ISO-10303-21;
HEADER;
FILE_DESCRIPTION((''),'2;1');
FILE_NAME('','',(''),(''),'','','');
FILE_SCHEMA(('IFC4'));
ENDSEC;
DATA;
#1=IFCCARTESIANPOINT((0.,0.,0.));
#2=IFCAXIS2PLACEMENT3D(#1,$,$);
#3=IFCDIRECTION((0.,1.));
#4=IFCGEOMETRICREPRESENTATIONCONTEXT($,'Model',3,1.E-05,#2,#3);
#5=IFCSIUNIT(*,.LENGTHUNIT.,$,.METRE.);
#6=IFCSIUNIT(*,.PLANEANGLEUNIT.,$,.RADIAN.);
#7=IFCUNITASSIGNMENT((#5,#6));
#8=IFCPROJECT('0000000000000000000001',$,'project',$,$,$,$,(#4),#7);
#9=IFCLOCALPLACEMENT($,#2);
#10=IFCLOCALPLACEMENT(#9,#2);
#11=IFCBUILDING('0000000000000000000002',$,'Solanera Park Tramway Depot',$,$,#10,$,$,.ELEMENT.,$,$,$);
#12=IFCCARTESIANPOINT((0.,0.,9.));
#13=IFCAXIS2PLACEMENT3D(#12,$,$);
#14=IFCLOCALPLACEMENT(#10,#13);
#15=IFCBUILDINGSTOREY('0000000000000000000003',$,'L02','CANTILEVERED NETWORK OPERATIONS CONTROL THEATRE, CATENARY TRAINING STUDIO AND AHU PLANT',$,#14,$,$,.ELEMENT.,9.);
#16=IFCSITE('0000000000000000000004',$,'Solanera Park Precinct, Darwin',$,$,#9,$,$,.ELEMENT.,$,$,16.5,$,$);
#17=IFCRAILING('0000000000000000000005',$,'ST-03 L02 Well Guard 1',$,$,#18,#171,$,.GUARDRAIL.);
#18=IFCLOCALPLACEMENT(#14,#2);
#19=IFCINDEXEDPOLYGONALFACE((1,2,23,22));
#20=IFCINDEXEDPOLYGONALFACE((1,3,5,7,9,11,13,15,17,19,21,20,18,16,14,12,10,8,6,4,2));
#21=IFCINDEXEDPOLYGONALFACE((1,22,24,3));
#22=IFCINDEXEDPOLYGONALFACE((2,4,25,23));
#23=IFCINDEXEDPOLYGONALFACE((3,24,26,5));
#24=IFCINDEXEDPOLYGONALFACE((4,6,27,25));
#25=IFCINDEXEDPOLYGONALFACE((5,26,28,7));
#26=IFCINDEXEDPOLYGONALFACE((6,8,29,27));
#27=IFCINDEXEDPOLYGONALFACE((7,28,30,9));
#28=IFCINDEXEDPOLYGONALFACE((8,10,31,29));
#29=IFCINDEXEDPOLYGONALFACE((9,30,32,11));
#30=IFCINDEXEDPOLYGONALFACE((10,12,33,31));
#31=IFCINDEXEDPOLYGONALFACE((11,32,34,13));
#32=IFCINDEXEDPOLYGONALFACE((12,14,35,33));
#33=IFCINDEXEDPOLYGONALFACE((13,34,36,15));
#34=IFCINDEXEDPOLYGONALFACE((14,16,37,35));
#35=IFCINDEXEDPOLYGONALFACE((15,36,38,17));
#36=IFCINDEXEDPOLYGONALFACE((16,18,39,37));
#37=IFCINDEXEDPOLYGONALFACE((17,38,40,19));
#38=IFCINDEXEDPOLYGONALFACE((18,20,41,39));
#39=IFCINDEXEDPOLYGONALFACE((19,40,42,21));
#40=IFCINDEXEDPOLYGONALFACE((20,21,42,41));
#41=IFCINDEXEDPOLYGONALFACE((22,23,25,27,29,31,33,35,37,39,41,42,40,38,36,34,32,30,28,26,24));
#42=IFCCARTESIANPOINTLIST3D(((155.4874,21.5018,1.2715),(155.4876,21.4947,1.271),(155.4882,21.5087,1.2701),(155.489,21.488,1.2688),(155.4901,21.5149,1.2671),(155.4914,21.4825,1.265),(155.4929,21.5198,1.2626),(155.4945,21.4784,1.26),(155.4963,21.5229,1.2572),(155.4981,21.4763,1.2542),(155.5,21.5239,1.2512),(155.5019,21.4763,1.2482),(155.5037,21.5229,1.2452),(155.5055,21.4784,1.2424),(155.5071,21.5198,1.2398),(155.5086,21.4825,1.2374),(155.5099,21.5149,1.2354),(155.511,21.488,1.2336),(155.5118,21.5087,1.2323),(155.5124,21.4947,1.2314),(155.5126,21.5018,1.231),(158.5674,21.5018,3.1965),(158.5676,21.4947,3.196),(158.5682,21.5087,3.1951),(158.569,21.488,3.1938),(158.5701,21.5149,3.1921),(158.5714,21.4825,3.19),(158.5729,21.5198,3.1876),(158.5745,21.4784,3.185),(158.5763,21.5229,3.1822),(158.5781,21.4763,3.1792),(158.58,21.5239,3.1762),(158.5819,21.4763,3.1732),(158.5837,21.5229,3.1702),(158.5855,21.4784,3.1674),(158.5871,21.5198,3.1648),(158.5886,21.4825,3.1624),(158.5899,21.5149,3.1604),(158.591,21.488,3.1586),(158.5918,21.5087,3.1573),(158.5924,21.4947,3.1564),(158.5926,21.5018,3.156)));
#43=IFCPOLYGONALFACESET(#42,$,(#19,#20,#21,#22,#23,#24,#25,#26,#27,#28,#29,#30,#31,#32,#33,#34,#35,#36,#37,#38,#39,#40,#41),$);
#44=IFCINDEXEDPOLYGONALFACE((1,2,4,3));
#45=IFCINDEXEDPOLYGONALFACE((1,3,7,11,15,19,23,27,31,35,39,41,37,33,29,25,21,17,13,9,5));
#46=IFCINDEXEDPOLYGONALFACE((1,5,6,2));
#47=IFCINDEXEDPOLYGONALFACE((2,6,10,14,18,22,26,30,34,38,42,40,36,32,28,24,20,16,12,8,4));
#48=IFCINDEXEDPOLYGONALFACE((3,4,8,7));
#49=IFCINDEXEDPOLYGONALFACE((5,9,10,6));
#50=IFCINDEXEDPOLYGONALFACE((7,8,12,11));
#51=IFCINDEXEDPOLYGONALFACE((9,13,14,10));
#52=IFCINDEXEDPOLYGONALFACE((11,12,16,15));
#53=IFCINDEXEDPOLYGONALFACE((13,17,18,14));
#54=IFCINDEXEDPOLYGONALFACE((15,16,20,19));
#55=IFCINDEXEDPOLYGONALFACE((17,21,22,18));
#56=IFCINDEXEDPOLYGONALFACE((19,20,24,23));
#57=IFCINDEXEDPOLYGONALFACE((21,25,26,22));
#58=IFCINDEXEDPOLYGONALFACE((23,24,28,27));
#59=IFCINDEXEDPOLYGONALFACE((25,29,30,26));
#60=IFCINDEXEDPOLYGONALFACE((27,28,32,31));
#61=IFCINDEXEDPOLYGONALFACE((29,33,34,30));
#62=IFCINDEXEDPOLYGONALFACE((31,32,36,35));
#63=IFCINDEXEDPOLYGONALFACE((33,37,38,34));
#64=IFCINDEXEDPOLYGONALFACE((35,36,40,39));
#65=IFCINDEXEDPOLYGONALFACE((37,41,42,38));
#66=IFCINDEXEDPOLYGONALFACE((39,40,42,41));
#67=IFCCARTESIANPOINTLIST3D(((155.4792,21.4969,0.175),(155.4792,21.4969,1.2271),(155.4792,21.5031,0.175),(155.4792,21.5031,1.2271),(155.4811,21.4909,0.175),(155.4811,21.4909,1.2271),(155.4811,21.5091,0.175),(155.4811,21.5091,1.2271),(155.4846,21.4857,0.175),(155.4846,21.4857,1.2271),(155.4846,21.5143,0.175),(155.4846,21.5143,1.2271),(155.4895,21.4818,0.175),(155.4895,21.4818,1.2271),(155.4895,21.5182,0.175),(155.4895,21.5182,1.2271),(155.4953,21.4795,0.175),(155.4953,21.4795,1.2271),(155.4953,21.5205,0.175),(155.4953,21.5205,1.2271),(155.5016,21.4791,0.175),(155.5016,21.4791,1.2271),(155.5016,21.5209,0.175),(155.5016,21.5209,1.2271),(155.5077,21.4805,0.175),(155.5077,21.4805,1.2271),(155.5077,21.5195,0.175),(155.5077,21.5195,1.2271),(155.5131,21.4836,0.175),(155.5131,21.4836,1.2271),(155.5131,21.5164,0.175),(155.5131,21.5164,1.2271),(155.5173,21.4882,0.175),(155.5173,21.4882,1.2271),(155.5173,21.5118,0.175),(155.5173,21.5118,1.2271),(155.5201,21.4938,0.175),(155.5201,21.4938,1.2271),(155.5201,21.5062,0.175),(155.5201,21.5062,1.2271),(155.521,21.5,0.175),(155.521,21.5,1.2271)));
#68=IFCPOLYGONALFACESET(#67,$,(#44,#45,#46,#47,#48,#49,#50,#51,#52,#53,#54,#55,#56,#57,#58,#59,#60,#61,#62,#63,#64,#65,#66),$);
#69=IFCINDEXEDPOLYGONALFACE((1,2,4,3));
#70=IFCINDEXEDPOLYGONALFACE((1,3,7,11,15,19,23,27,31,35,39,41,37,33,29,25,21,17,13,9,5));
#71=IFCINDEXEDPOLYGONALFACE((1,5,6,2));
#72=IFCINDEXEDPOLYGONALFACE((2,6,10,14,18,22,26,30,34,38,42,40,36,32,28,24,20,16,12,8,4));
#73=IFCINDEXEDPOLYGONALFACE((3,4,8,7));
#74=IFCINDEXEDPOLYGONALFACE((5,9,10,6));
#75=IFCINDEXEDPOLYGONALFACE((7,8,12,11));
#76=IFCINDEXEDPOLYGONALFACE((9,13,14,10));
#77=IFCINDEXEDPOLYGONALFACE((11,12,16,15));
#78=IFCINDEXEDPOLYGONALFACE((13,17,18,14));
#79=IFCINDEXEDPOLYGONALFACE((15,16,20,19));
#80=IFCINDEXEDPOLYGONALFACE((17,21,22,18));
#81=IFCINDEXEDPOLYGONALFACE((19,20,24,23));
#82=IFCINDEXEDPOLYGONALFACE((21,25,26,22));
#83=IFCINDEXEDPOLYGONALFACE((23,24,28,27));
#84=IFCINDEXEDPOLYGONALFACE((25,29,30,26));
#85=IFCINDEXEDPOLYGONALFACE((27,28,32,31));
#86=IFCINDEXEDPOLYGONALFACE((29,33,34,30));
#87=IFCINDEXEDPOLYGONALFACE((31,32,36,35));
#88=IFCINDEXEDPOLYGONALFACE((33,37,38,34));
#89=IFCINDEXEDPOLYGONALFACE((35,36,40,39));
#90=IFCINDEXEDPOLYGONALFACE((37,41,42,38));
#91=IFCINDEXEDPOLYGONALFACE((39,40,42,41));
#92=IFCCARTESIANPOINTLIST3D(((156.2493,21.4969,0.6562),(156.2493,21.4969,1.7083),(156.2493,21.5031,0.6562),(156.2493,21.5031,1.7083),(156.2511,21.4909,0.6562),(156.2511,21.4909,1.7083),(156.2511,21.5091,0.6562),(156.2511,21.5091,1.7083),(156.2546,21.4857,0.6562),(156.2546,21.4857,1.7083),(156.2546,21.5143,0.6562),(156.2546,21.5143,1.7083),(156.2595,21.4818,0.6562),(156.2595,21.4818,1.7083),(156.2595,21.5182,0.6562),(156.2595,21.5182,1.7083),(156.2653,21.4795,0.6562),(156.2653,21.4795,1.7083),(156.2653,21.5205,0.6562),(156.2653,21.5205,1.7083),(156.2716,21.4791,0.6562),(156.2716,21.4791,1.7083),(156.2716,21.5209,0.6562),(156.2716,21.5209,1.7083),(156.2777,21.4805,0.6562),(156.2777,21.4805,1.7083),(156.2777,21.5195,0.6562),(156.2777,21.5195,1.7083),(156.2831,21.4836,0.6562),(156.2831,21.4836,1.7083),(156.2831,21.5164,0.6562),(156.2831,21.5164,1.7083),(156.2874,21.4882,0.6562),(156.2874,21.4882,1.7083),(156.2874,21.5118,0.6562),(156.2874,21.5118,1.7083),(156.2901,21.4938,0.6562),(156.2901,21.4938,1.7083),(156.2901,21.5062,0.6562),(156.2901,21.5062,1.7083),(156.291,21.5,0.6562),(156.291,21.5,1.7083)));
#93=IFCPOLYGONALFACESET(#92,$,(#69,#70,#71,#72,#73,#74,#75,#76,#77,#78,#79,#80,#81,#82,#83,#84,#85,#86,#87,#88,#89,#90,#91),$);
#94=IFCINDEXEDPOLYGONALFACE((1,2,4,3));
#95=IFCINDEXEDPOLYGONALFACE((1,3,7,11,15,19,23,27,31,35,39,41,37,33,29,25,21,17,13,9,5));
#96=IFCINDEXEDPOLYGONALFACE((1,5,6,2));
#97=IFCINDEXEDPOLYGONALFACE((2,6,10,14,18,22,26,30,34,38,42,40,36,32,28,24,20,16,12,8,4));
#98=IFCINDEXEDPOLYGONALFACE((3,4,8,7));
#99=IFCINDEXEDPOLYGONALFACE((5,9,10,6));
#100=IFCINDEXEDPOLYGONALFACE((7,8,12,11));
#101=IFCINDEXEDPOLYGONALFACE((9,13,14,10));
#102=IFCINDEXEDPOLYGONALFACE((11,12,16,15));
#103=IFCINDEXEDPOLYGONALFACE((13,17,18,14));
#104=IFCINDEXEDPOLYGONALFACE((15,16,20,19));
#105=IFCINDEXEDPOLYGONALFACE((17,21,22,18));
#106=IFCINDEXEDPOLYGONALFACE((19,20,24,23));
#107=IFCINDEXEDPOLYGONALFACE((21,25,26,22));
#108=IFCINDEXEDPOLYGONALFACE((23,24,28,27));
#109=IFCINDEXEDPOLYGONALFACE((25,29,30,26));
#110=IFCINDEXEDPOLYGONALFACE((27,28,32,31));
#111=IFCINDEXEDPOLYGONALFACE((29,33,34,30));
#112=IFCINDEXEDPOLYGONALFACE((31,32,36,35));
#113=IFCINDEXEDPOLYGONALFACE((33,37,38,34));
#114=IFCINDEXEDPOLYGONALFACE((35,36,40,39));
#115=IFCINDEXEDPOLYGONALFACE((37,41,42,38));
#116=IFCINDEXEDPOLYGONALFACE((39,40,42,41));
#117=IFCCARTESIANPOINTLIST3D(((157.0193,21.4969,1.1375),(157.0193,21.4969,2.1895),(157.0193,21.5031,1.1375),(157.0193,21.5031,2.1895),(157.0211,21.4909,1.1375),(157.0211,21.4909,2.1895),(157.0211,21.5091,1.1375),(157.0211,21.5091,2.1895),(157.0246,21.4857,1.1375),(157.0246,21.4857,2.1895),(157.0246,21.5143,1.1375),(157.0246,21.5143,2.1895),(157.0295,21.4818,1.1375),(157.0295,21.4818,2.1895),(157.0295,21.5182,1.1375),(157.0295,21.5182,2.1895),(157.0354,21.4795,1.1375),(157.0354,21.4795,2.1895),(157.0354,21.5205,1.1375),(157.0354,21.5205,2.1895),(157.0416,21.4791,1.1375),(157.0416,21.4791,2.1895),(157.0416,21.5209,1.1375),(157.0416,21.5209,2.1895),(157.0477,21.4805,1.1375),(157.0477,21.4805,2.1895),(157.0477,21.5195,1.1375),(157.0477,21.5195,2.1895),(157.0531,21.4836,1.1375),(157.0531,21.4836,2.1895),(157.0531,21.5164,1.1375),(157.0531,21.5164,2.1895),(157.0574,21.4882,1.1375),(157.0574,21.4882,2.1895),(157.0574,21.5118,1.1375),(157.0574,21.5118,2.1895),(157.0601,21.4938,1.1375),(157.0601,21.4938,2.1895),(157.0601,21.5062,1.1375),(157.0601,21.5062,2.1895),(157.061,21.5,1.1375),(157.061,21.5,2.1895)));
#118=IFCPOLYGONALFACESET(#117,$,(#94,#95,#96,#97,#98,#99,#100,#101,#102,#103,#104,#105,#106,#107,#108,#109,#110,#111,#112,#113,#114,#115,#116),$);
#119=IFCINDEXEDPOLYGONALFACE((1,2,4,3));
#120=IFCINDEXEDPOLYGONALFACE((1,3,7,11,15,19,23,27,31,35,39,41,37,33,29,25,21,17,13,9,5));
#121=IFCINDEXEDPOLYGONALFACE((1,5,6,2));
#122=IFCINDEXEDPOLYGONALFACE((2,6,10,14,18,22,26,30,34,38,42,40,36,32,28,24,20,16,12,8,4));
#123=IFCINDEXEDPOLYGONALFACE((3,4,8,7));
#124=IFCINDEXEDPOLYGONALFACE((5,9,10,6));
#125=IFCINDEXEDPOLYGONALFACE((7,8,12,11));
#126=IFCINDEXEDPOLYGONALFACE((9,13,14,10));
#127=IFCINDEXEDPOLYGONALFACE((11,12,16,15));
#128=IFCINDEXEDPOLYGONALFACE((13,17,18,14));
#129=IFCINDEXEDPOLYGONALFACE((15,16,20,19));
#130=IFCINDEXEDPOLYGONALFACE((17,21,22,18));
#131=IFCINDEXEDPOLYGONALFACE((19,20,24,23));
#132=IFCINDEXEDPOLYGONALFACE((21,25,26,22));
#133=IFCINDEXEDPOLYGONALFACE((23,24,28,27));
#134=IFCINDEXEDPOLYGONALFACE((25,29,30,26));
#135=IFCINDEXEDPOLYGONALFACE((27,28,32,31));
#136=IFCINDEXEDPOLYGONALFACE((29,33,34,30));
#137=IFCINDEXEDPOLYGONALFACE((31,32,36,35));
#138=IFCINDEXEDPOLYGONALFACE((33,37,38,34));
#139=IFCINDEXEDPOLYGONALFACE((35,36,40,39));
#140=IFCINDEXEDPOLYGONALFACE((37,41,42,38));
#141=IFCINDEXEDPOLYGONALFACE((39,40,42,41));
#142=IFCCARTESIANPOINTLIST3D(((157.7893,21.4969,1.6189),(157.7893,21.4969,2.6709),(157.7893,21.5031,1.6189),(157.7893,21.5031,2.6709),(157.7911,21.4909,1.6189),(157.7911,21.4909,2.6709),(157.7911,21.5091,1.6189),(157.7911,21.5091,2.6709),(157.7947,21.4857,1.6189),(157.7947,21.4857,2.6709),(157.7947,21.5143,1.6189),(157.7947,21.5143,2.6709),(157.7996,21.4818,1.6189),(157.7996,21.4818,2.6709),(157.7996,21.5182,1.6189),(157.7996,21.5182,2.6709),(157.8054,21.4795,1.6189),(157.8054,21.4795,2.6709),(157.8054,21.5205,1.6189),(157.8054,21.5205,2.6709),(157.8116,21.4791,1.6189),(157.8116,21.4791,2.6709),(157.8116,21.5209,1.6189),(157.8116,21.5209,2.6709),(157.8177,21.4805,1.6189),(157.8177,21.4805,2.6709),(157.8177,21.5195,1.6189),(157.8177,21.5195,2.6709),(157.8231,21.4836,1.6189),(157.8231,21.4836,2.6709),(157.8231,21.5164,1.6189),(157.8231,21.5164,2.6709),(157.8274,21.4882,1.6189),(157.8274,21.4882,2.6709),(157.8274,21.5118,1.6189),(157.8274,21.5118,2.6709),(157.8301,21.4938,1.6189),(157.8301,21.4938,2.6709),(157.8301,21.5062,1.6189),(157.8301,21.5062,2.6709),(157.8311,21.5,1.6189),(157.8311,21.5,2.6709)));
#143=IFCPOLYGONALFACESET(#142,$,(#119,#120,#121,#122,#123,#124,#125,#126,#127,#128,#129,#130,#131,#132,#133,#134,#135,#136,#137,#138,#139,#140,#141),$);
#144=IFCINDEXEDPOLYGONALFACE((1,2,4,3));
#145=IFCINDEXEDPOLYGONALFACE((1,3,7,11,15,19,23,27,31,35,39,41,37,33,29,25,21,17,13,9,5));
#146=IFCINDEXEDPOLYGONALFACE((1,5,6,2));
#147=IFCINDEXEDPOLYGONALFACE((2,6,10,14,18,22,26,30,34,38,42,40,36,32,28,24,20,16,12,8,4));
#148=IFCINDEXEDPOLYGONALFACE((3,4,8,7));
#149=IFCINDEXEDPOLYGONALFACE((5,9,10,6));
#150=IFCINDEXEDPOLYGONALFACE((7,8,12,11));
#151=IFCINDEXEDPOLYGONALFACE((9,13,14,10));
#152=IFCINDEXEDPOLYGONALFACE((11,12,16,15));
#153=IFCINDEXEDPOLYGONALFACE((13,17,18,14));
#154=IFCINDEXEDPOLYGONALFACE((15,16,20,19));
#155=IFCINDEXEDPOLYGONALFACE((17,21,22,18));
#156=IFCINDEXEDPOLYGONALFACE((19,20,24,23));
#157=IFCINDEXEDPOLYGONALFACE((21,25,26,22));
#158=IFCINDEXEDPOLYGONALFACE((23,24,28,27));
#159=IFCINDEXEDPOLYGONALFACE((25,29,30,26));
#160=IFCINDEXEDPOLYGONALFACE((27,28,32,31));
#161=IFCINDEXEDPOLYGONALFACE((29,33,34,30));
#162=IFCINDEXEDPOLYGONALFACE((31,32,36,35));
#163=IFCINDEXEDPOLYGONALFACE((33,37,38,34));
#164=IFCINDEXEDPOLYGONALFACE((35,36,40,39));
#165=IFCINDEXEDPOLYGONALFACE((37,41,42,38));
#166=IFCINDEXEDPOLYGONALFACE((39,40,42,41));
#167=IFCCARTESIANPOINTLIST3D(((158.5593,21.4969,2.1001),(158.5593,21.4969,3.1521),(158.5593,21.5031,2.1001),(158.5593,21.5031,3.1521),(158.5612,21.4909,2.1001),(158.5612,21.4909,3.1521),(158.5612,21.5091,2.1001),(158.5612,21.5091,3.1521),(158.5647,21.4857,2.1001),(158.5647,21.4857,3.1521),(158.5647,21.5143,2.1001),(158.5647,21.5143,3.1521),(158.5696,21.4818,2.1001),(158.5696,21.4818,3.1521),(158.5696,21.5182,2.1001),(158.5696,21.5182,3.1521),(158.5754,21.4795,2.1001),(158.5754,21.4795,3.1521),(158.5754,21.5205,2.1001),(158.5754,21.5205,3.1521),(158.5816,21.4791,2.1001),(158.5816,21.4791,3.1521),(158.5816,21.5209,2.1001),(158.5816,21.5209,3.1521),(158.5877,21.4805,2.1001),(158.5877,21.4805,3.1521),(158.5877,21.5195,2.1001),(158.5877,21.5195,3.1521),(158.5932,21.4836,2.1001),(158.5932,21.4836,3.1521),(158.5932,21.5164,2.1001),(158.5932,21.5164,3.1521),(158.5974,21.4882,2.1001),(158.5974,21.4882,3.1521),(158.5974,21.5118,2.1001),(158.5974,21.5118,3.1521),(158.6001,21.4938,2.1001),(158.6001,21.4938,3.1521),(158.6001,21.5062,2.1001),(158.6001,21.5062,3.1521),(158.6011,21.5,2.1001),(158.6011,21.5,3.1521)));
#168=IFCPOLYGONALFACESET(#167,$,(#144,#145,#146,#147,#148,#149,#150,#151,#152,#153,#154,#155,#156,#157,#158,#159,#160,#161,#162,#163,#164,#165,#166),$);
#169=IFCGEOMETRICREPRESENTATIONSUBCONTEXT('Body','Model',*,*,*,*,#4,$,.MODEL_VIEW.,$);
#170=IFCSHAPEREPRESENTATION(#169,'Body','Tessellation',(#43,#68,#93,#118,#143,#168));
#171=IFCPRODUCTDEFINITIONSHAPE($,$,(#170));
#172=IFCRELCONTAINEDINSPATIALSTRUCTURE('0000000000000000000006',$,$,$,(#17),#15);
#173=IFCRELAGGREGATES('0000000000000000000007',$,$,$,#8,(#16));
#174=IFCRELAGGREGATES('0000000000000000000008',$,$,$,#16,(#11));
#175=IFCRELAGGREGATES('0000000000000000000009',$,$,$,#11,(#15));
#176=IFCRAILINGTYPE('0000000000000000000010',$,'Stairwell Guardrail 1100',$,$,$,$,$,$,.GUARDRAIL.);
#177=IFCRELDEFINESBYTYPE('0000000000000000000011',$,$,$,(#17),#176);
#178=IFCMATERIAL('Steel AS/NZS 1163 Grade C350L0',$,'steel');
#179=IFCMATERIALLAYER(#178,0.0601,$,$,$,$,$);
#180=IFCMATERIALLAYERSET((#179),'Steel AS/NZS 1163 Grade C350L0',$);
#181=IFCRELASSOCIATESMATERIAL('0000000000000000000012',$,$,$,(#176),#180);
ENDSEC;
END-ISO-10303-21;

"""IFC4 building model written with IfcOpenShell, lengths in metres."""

from ifc_helpers import new_model, si_unit, direction, frame, origin, origin_2d, place, context, subcontext, project, spatial, circle, extrude, material, layer, layer_set, type_object, element, save


model = new_model("IFC4")

# Units and contexts
model_context = context("Model", 3, precision=1e-05, world=origin(), true_north=direction((0.0, 1.0)))
body_context = subcontext(model_context, "Body", "Model", "MODEL_VIEW")
ifc_project = project(units=[si_unit("LENGTHUNIT", "METRE"), si_unit("PLANEANGLEUNIT", "RADIAN")], contexts=[model_context])

# Site, building, storey
site_placement = place(None, origin())
site = spatial("IfcSite", under=ifc_project, at=site_placement, Name="Solanera Park Precinct, Darwin", CompositionType="ELEMENT", RefElevation=16.5)
building_placement = place(site_placement, origin())
building = spatial("IfcBuilding", under=site, at=building_placement, Name="Solanera Park Tramway Depot", CompositionType="ELEMENT")
storey_placement = place(building_placement, frame((0.0, 0.0, 9.0)))
storey = spatial("IfcBuildingStorey", under=building, at=storey_placement, Name="L02", Description="CANTILEVERED NETWORK OPERATIONS CONTROL THEATRE, CATENARY TRAINING STUDIO AND AHU PLANT", CompositionType="ELEMENT", Elevation=9.0)

# Railing
ifc_material_1 = material(Name="Steel AS/NZS 1163 Grade C350L0", Category="steel")
ifc_layer_1 = layer(ifc_material_1, 0.0601)
ifc_layer_set_1 = layer_set([ifc_layer_1], Name="Steel AS/NZS 1163 Grade C350L0")
railing_type_1 = type_object("IfcRailingType", Name="Stairwell Guardrail 1100", PredefinedType="GUARDRAIL", material=ifc_layer_set_1)
railing_1_placement = place(storey_placement, frame((155.5, 21.5, 0.175)))
element("IfcRailing", 1, at=railing_1_placement, inside=storey, type_object=railing_type_1, Name="ST-03 L02 Well Guard 1", PredefinedType="GUARDRAIL", context=body_context, shape_type="SweptSolid", body=[
    extrude(circle(Radius=0.0239, at=origin_2d()), frame((0.0, 0.0, 1.0762), z_axis=(0.847998, 0.0, 0.529999), x_axis=(0.0, 1.0, 0.0)), (0.0, 0.0, 1.0), 3.6321),
    extrude(circle(Radius=0.021, at=origin_2d()), origin(), (0.0, 0.0, 1.0), 1.052),
    extrude(circle(Radius=0.021, at=origin_2d()), frame((0.77, 0.0, 0.4812)), (0.0, 0.0, 1.0), 1.052),
    extrude(circle(Radius=0.021, at=origin_2d()), frame((1.54, 0.0, 0.9624)), (0.0, 0.0, 1.0), 1.052),
    extrude(circle(Radius=0.021, at=origin_2d()), frame((2.3101, 0.0, 1.4438)), (0.0, 0.0, 1.0), 1.052),
    extrude(circle(Radius=0.021, at=origin_2d()), frame((3.0801, 0.0, 1.925)), (0.0, 0.0, 1.0), 1.052),
])

save(model, "model.ifc")
